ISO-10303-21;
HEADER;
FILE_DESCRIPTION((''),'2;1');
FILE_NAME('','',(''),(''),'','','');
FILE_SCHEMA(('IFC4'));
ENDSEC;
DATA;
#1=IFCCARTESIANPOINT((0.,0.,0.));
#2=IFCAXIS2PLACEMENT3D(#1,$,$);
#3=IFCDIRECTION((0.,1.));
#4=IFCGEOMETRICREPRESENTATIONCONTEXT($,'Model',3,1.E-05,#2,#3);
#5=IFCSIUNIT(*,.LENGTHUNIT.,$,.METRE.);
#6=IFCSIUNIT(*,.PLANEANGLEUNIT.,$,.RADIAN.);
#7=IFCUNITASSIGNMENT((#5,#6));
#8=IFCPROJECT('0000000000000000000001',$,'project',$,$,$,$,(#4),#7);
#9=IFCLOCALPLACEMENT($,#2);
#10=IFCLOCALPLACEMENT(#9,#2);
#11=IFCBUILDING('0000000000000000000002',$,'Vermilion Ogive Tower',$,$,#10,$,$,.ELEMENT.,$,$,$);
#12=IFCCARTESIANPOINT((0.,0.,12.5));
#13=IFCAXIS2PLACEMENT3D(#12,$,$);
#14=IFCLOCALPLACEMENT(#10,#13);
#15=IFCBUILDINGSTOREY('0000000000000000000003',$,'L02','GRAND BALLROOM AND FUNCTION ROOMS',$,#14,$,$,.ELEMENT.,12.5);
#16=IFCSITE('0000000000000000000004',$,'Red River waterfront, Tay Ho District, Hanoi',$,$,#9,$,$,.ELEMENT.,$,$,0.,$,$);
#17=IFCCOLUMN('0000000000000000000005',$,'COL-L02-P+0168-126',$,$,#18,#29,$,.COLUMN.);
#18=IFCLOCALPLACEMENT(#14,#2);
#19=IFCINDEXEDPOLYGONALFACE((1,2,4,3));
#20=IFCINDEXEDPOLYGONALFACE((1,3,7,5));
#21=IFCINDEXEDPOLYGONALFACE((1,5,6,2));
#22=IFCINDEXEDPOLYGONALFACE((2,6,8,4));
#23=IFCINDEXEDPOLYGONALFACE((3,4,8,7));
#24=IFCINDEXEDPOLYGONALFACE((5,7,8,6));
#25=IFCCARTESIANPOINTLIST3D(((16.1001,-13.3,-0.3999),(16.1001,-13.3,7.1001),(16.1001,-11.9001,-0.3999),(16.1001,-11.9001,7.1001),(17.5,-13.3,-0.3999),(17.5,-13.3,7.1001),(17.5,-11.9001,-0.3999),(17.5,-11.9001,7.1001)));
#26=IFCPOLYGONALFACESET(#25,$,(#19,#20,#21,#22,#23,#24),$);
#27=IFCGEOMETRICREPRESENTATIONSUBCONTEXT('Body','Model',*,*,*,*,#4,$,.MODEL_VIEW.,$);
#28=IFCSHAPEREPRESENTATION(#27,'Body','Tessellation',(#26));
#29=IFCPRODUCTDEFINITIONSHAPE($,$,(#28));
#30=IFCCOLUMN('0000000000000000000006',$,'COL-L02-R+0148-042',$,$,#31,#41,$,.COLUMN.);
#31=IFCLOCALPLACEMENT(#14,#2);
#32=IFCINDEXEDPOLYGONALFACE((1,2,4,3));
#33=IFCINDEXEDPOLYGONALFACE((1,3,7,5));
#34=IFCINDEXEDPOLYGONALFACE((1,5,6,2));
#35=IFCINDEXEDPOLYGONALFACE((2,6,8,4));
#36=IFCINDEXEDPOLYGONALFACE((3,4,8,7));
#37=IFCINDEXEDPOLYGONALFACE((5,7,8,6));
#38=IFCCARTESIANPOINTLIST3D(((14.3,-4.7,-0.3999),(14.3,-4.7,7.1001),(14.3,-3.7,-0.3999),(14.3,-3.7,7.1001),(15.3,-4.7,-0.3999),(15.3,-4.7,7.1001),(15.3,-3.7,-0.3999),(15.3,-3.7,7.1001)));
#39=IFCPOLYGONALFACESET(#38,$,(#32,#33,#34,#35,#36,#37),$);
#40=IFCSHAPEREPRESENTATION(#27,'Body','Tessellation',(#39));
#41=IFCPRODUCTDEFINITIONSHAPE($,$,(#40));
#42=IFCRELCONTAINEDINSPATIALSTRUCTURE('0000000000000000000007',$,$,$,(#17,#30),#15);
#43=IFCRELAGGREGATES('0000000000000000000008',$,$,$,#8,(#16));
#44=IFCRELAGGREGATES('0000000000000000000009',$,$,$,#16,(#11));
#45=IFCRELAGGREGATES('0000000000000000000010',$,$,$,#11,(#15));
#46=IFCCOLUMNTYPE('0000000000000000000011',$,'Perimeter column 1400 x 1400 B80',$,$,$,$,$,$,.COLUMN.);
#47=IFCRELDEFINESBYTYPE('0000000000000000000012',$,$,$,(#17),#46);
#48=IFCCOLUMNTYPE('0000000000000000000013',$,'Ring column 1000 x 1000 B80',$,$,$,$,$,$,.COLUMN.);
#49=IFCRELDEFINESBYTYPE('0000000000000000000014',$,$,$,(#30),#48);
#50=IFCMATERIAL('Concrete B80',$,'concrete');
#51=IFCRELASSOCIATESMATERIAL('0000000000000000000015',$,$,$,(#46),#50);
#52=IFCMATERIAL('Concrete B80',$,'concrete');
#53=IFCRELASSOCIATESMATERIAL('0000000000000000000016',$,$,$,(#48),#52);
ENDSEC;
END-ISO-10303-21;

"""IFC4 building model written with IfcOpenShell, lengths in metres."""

from ifc_helpers import new_model, si_unit, direction, frame, origin, origin_2d, place, context, subcontext, project, spatial, rectangle, extrude, material, material_profile, profile_set, type_object, element, save


model = new_model("IFC4")

# Units and contexts
model_context = context("Model", 3, precision=1e-05, world=origin(), true_north=direction((0.0, 1.0)))
body_context = subcontext(model_context, "Body", "Model", "MODEL_VIEW")
ifc_project = project(units=[si_unit("LENGTHUNIT", "METRE"), si_unit("PLANEANGLEUNIT", "RADIAN")], contexts=[model_context])

# Site, building, storey
site_placement = place(None, origin())
site = spatial("IfcSite", under=ifc_project, at=site_placement, Name="Red River waterfront, Tay Ho District, Hanoi", CompositionType="ELEMENT", RefElevation=0.0)
building_placement = place(site_placement, origin())
building = spatial("IfcBuilding", under=site, at=building_placement, Name="Vermilion Ogive Tower", CompositionType="ELEMENT")
storey_placement = place(building_placement, frame((0.0, 0.0, 12.5)))
storey = spatial("IfcBuildingStorey", under=building, at=storey_placement, Name="L02", Description="GRAND BALLROOM AND FUNCTION ROOMS", CompositionType="ELEMENT", Elevation=12.5)

# Columns
ifc_material_1 = material(Name="Concrete B80", Category="concrete")
ifc_material_profile_1 = material_profile(ifc_material_1, rectangle(XDim=1.3999, YDim=1.3999, at=origin_2d()), Name="1400 x 1400")
ifc_profile_set_1 = profile_set([ifc_material_profile_1], Name="Concrete B80")
column_type_1 = type_object("IfcColumnType", Name="Perimeter column 1400 x 1400 B80", PredefinedType="COLUMN", material=ifc_profile_set_1)
column_1_placement = place(storey_placement, frame((16.8, -12.6001, -0.3999), z_axis=(0.0, 0.0, 1.0), x_axis=(1.0, 0.0, 0.0)))
element("IfcColumn", 1, at=column_1_placement, inside=storey, type_object=column_type_1, Name="COL-L02-P+0168-126", PredefinedType="COLUMN", context=body_context, shape_type="SweptSolid", body=[
    extrude(rectangle(XDim=1.3999, YDim=1.3999, at=origin_2d()), origin(), (0.0, 0.0, 1.0), 7.5),
])
ifc_material_2 = material(Name="Concrete B80", Category="concrete")
ifc_material_profile_2 = material_profile(ifc_material_2, rectangle(XDim=1.0, YDim=1.0, at=origin_2d()), Name="1000 x 1000")
ifc_profile_set_2 = profile_set([ifc_material_profile_2], Name="Concrete B80")
column_type_2 = type_object("IfcColumnType", Name="Ring column 1000 x 1000 B80", PredefinedType="COLUMN", material=ifc_profile_set_2)
column_2_placement = place(storey_placement, frame((14.8, -4.2, -0.3999), z_axis=(0.0, 0.0, 1.0), x_axis=(1.0, 0.0, 0.0)))
element("IfcColumn", 2, at=column_2_placement, inside=storey, type_object=column_type_2, Name="COL-L02-R+0148-042", PredefinedType="COLUMN", context=body_context, shape_type="SweptSolid", body=[
    extrude(rectangle(XDim=1.0, YDim=1.0, at=origin_2d()), origin(), (0.0, 0.0, 1.0), 7.5),
])

save(model, "model.ifc")
